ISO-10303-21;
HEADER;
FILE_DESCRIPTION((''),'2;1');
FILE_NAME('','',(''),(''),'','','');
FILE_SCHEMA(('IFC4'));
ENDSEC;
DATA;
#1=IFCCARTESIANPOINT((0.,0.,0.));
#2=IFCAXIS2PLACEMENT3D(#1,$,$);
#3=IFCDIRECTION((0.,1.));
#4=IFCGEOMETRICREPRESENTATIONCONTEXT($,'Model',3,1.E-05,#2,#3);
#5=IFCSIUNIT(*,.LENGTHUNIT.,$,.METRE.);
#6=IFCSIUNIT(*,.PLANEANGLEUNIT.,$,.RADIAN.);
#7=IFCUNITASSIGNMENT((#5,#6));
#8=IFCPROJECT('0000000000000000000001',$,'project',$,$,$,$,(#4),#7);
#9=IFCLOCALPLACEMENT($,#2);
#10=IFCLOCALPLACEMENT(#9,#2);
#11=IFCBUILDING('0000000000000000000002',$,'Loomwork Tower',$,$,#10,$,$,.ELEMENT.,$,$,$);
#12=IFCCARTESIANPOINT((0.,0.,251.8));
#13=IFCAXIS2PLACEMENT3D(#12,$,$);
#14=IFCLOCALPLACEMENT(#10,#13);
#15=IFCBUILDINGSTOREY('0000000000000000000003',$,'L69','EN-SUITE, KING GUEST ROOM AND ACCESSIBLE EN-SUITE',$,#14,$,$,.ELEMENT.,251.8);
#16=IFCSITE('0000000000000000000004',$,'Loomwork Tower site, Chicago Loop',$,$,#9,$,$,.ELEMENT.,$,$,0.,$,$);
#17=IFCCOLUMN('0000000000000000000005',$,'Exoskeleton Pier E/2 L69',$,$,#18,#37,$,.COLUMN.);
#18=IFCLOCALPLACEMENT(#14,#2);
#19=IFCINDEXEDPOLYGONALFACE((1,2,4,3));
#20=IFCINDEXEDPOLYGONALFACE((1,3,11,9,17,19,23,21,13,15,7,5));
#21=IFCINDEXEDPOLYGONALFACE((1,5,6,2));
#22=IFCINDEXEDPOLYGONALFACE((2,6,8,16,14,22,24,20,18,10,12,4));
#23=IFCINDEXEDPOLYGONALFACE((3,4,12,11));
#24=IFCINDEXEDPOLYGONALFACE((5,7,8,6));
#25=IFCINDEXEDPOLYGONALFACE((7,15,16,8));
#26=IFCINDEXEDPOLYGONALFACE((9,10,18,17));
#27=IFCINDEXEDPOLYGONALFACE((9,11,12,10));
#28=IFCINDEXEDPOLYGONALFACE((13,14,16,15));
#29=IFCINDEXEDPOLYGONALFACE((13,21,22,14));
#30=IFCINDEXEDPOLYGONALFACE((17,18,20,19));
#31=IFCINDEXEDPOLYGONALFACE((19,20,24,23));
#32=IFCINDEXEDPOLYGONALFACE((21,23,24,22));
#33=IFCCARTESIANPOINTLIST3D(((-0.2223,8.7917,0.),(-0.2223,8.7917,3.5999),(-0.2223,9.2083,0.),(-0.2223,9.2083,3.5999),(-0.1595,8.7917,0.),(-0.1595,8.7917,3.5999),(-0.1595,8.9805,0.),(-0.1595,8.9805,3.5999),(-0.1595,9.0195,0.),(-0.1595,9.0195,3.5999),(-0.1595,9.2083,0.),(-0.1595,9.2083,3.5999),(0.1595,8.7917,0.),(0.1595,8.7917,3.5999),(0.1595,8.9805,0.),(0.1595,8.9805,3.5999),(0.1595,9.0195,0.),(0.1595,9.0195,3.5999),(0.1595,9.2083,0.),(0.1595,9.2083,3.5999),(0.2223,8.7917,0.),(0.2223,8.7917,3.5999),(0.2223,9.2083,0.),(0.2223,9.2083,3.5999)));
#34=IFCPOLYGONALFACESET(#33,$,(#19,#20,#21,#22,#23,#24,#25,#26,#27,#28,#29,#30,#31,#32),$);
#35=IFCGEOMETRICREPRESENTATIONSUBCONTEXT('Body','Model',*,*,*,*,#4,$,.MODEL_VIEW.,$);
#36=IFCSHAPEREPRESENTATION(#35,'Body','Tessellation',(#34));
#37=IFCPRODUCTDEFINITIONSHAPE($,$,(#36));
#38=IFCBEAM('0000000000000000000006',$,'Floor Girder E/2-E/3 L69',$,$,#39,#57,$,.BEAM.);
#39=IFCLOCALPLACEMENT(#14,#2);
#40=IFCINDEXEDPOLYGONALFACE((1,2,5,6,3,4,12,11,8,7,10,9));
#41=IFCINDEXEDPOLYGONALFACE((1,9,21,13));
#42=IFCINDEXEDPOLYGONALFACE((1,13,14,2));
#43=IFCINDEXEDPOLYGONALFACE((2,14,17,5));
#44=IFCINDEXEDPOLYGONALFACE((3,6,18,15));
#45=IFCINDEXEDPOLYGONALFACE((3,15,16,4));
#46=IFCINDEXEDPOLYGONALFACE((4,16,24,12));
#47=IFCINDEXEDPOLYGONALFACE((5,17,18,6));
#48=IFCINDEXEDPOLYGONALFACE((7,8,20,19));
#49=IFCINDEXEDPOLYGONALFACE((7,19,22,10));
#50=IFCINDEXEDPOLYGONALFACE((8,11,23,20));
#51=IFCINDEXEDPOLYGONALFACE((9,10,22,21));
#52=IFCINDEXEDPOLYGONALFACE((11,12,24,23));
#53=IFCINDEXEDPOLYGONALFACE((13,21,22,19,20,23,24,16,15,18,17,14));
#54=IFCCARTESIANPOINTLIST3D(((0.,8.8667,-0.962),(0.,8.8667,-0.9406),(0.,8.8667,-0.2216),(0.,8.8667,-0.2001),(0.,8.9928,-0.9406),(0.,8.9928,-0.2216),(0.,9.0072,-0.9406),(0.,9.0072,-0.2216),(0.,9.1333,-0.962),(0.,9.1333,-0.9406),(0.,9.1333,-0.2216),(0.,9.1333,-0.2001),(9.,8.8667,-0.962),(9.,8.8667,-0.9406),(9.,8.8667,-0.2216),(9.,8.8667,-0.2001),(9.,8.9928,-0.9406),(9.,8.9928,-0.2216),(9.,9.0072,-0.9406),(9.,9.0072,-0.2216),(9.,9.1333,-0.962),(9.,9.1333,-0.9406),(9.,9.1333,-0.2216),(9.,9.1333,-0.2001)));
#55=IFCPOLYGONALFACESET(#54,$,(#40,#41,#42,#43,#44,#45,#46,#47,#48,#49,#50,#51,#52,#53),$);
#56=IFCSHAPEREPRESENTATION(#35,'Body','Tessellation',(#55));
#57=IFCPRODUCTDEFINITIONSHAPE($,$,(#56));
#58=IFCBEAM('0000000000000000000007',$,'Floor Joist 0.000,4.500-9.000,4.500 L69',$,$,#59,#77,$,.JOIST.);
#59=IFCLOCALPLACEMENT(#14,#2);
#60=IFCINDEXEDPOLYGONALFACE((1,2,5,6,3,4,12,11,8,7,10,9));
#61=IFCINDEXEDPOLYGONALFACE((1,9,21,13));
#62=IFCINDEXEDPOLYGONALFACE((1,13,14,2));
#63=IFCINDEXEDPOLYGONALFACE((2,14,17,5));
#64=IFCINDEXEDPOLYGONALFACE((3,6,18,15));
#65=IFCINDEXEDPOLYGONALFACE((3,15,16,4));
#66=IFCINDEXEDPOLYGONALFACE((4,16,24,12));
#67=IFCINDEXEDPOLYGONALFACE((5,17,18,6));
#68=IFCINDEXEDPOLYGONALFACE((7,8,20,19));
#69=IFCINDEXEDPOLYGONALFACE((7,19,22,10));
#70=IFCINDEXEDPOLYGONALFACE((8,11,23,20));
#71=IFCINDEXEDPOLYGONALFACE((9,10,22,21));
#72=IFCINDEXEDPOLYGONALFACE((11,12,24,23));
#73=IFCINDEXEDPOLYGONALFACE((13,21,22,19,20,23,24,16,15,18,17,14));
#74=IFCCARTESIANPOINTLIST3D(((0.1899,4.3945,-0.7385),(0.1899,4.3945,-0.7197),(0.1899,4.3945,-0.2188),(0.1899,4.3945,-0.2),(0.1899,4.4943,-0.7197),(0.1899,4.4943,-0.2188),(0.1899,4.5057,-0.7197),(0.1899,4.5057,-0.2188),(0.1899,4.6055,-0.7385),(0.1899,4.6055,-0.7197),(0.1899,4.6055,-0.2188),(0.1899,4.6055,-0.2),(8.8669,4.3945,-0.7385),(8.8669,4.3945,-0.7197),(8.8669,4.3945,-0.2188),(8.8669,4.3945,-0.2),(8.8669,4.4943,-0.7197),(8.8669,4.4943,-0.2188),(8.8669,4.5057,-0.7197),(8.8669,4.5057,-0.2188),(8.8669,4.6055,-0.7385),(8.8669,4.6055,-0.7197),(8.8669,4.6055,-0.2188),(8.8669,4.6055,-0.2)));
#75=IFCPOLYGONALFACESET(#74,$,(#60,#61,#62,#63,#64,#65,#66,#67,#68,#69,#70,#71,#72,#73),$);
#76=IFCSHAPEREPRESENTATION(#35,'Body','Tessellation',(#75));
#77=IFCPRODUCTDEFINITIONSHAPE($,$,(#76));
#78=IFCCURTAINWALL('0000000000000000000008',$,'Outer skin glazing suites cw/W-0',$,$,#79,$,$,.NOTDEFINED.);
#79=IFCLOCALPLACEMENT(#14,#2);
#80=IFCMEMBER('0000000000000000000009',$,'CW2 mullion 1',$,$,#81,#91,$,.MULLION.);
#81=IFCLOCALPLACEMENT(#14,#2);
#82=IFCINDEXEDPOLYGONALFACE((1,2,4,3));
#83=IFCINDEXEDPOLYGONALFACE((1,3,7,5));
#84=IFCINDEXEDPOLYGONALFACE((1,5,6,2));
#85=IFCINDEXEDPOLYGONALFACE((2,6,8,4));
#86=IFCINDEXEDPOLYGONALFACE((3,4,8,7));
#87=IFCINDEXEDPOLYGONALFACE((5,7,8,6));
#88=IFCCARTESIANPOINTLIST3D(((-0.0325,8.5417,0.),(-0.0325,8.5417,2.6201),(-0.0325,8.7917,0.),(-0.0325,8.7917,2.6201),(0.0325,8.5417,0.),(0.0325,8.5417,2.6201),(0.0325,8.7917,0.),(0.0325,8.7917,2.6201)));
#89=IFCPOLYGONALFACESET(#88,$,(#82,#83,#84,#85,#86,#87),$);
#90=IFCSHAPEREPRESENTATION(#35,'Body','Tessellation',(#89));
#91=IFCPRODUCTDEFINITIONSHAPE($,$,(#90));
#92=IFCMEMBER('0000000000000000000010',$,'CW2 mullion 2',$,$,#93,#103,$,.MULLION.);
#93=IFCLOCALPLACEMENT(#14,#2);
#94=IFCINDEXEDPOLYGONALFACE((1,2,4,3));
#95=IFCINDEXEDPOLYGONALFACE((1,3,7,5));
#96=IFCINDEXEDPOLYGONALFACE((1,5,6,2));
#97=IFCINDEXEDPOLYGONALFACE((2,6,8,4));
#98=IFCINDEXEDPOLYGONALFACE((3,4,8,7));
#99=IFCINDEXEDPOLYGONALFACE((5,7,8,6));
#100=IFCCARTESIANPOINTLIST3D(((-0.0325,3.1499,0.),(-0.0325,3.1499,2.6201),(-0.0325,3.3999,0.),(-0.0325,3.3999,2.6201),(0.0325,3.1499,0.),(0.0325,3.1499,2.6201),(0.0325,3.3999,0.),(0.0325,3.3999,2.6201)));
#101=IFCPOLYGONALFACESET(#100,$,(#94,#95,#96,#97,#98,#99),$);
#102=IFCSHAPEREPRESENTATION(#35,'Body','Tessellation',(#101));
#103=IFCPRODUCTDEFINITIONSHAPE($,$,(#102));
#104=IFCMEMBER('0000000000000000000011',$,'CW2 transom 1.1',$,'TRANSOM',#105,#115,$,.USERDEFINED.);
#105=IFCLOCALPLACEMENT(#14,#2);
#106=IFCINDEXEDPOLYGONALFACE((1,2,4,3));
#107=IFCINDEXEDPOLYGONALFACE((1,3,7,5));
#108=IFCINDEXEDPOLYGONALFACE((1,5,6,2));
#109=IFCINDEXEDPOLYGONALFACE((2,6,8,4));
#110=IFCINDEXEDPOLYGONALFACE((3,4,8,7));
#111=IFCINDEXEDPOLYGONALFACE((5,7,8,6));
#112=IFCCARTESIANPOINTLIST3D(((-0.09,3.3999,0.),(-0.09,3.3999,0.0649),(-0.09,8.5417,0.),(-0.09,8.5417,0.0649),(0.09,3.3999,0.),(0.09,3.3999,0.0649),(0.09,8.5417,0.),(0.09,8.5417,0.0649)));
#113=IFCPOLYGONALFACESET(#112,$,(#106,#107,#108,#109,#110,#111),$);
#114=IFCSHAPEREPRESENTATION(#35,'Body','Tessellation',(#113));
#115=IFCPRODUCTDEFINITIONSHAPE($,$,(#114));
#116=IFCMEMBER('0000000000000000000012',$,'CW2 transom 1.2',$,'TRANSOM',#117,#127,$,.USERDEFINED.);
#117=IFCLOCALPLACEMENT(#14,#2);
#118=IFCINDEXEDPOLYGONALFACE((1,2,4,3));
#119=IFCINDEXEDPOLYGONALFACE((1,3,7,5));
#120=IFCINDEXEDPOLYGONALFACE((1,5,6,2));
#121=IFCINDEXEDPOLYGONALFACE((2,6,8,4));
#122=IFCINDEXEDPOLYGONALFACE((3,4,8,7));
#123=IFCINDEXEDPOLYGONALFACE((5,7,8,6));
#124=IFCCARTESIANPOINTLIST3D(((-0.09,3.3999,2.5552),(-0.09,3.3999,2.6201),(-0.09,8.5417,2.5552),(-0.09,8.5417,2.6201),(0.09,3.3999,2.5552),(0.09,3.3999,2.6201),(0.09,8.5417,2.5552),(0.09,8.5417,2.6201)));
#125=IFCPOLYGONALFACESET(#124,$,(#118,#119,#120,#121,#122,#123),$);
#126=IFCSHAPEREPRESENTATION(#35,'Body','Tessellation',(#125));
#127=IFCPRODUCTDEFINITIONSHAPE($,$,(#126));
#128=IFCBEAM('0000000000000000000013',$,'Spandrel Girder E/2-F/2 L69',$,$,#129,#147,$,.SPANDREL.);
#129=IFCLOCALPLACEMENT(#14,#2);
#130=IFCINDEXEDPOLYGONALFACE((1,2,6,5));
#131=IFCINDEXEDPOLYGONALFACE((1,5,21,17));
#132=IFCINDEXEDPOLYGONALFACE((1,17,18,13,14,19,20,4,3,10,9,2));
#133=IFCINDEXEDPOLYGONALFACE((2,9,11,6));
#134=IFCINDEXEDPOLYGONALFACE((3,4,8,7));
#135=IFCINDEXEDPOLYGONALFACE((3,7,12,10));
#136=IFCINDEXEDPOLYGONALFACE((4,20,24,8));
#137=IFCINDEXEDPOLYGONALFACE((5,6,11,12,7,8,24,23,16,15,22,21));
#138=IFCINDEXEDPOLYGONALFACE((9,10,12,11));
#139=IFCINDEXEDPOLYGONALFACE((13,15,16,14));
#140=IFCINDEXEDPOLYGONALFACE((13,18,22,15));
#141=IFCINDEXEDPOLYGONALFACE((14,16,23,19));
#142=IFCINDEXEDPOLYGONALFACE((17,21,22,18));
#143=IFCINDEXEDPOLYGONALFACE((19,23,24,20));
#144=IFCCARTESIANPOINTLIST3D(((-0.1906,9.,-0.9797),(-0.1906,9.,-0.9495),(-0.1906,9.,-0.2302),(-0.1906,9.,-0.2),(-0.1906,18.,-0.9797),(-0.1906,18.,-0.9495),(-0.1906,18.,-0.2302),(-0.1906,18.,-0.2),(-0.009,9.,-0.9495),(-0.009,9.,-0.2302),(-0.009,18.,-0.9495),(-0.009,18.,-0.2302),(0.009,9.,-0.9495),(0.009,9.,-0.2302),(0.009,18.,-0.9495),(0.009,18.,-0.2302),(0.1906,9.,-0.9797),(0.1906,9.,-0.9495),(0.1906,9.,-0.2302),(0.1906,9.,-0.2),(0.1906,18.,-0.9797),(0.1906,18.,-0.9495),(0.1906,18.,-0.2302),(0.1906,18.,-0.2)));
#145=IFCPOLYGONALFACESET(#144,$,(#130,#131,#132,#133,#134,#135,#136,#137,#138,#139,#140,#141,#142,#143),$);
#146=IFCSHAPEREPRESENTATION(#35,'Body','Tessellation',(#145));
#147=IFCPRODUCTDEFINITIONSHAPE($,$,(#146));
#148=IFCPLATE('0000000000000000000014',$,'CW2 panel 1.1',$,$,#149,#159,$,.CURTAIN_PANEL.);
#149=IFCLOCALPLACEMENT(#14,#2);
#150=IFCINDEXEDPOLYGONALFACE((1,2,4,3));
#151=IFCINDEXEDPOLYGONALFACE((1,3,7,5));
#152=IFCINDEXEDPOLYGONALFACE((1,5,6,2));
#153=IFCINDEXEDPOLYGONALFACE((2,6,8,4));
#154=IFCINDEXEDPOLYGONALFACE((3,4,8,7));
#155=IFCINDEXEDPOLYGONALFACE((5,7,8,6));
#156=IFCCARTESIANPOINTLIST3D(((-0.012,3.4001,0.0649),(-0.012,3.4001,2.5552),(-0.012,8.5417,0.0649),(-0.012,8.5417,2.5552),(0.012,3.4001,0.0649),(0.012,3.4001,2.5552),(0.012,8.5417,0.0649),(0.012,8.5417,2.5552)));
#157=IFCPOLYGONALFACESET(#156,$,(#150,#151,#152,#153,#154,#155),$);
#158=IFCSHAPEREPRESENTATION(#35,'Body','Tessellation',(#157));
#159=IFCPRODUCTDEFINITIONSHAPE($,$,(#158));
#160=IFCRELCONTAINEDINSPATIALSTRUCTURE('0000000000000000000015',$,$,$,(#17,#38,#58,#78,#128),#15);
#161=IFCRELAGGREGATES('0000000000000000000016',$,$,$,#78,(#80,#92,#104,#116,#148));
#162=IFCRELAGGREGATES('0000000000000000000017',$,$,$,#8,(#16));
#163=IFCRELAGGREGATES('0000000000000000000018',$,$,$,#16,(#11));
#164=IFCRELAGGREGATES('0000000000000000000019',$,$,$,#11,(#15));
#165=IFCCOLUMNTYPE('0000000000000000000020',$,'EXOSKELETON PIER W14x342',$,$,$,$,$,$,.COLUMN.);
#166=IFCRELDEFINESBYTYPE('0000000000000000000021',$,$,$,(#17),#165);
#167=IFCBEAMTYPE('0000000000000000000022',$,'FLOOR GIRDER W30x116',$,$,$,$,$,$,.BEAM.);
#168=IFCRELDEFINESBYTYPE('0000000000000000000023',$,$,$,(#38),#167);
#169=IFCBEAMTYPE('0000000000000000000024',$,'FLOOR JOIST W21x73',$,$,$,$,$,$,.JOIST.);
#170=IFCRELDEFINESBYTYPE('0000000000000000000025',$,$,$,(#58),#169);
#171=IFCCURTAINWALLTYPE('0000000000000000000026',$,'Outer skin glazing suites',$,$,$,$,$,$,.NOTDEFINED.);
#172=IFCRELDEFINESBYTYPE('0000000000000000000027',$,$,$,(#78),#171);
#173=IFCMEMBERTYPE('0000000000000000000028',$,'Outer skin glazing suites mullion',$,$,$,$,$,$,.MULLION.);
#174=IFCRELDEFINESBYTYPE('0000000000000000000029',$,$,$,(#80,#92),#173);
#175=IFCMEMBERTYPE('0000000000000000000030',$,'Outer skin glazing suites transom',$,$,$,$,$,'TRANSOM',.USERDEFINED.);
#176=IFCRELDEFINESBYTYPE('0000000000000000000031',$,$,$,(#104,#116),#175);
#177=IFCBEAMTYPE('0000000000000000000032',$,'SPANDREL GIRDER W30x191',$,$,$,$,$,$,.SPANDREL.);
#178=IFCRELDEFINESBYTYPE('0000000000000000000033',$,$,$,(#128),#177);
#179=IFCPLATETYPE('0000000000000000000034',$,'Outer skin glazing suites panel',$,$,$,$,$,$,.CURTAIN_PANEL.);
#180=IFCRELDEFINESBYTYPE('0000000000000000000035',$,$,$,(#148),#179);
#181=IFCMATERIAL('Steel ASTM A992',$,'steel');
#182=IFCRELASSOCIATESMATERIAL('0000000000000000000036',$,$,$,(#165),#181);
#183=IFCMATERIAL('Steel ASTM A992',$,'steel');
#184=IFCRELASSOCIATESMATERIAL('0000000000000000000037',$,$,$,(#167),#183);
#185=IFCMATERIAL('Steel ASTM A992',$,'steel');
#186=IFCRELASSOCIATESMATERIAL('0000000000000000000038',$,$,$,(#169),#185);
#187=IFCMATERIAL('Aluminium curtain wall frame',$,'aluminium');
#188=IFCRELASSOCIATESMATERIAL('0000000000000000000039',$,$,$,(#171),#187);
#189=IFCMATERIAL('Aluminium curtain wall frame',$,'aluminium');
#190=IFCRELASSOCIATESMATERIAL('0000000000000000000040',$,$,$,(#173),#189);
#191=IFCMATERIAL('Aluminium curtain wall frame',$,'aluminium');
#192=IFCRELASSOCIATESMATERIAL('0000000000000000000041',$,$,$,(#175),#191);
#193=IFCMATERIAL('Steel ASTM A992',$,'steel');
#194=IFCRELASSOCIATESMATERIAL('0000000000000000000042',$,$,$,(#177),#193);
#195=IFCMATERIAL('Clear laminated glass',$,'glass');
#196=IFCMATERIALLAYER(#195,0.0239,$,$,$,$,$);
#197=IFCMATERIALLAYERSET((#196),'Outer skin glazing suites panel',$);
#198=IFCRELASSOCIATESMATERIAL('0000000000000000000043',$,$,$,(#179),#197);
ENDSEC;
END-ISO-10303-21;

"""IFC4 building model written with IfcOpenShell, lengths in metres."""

from ifc_helpers import new_model, si_unit, direction, frame, origin, origin_2d, place, context, subcontext, project, spatial, rectangle, i_section, extrude, material, layer, layer_set, material_profile, profile_set, type_object, element, aggregate, save


model = new_model("IFC4")

# Units and contexts
model_context = context("Model", 3, precision=1e-05, world=origin(), true_north=direction((0.0, 1.0)))
body_context = subcontext(model_context, "Body", "Model", "MODEL_VIEW")
ifc_project = project(units=[si_unit("LENGTHUNIT", "METRE"), si_unit("PLANEANGLEUNIT", "RADIAN")], contexts=[model_context])

# Site, building, storey
site_placement = place(None, origin())
site = spatial("IfcSite", under=ifc_project, at=site_placement, Name="Loomwork Tower site, Chicago Loop", CompositionType="ELEMENT", RefElevation=0.0)
building_placement = place(site_placement, origin())
building = spatial("IfcBuilding", under=site, at=building_placement, Name="Loomwork Tower", CompositionType="ELEMENT")
storey_placement = place(building_placement, frame((0.0, 0.0, 251.8)))
storey = spatial("IfcBuildingStorey", under=building, at=storey_placement, Name="L69", Description="EN-SUITE, KING GUEST ROOM AND ACCESSIBLE EN-SUITE", CompositionType="ELEMENT", Elevation=251.8)

# Column
ifc_material_1 = material(Name="Steel ASTM A992", Category="steel")
ifc_material_profile_1 = material_profile(ifc_material_1, i_section(OverallWidth=0.4165, OverallDepth=0.4446, WebThickness=0.0391, FlangeThickness=0.0627, at=origin_2d()), Name="W14x342")
ifc_profile_set_1 = profile_set([ifc_material_profile_1], Name="Steel ASTM A992")
column_type = type_object("IfcColumnType", Name="EXOSKELETON PIER W14x342", PredefinedType="COLUMN", material=ifc_profile_set_1)
column_placement = place(storey_placement, frame((0.0, 9.0, 0.0), z_axis=(0.0, 0.0, 1.0), x_axis=(0.0, 1.0, 0.0)))
element("IfcColumn", 1, at=column_placement, inside=storey, type_object=column_type, Name="Exoskeleton Pier E/2 L69", PredefinedType="COLUMN", context=body_context, shape_type="SweptSolid", body=[
    extrude(i_section(OverallWidth=0.4165, OverallDepth=0.4446, WebThickness=0.0391, FlangeThickness=0.0627, at=origin_2d()), origin(), (0.0, 0.0, 1.0), 3.5999),
])

# Beams
ifc_material_2 = material(Name="Steel ASTM A992", Category="steel")
ifc_material_profile_2 = material_profile(ifc_material_2, i_section(OverallWidth=0.2666, OverallDepth=0.762, WebThickness=0.0144, FlangeThickness=0.0215, at=origin_2d()), Name="W30x116")
ifc_profile_set_2 = profile_set([ifc_material_profile_2], Name="Steel ASTM A992")
beam_type_1 = type_object("IfcBeamType", Name="FLOOR GIRDER W30x116", PredefinedType="BEAM", material=ifc_profile_set_2)
beam_1_placement = place(storey_placement, frame((0.0, 9.0, -0.5811), z_axis=(1.0, 0.0, 0.0), x_axis=(0.0, 1.0, 0.0)))
element("IfcBeam", 2, at=beam_1_placement, inside=storey, type_object=beam_type_1, Name="Floor Girder E/2-E/3 L69", PredefinedType="BEAM", context=body_context, shape_type="SweptSolid", body=[
    extrude(i_section(OverallWidth=0.2666, OverallDepth=0.762, WebThickness=0.0144, FlangeThickness=0.0215, at=origin_2d()), origin(), (0.0, 0.0, 1.0), 9.0),
])
ifc_material_3 = material(Name="Steel ASTM A992", Category="steel")
ifc_material_profile_3 = material_profile(ifc_material_3, i_section(OverallWidth=0.2109, OverallDepth=0.5386, WebThickness=0.0115, FlangeThickness=0.0188, at=origin_2d()), Name="W21x73")
ifc_profile_set_3 = profile_set([ifc_material_profile_3], Name="Steel ASTM A992")
beam_type_2 = type_object("IfcBeamType", Name="FLOOR JOIST W21x73", PredefinedType="JOIST", material=ifc_profile_set_3)
beam_2_placement = place(storey_placement, frame((0.1899, 4.5, -0.4692), z_axis=(1.0, 0.0, 0.0), x_axis=(0.0, 1.0, 0.0)))
element("IfcBeam", 3, at=beam_2_placement, inside=storey, type_object=beam_type_2, Name="Floor Joist 0.000,4.500-9.000,4.500 L69", PredefinedType="JOIST", context=body_context, shape_type="SweptSolid", body=[
    extrude(i_section(OverallWidth=0.2109, OverallDepth=0.5386, WebThickness=0.0115, FlangeThickness=0.0188, at=origin_2d()), origin(), (0.0, 0.0, 1.0), 8.677),
])

# Curtain wall, members
ifc_material_4 = material(Name="Aluminium curtain wall frame", Category="aluminium")
curtain_wall_type = type_object("IfcCurtainWallType", Name="Outer skin glazing suites", PredefinedType="NOTDEFINED", material=ifc_material_4)
curtain_wall_placement = place(storey_placement, origin())
curtain_wall = element("IfcCurtainWall", 4, at=curtain_wall_placement, inside=storey, type_object=curtain_wall_type, Name="Outer skin glazing suites cw/W-0", PredefinedType="NOTDEFINED")
ifc_material_5 = material(Name="Aluminium curtain wall frame", Category="aluminium")
ifc_material_profile_4 = material_profile(ifc_material_5, rectangle(XDim=0.0649, YDim=0.25, at=origin_2d()), Name="AL 65x250")
ifc_profile_set_4 = profile_set([ifc_material_profile_4], Name="Aluminium curtain wall frame")
member_type_1 = type_object("IfcMemberType", Name="Outer skin glazing suites mullion", PredefinedType="MULLION", material=ifc_profile_set_4)
member_1_placement = place(storey_placement, frame((0.0, 8.6667, 0.0), z_axis=(0.0, 0.0, 1.0), x_axis=(1.0, 0.0, 0.0)))
member_1 = element("IfcMember", 5, at=member_1_placement, type_object=member_type_1, Name="CW2 mullion 1", PredefinedType="MULLION", context=body_context, shape_type="SweptSolid", body=[
    extrude(rectangle(XDim=0.0649, YDim=0.25, at=origin_2d()), origin(), (0.0, 0.0, 1.0), 2.6201),
])
member_2_placement = place(storey_placement, frame((0.0, 3.2749, 0.0), z_axis=(0.0, 0.0, 1.0), x_axis=(1.0, 0.0, 0.0)))
member_2 = element("IfcMember", 6, at=member_2_placement, type_object=member_type_1, Name="CW2 mullion 2", PredefinedType="MULLION", context=body_context, shape_type="SweptSolid", body=[
    extrude(rectangle(XDim=0.0649, YDim=0.25, at=origin_2d()), origin(), (0.0, 0.0, 1.0), 2.6201),
])
ifc_material_6 = material(Name="Aluminium curtain wall frame", Category="aluminium")
ifc_material_profile_5 = material_profile(ifc_material_6, rectangle(XDim=0.1799, YDim=0.0649, at=origin_2d()), Name="AL 65x180")
ifc_profile_set_5 = profile_set([ifc_material_profile_5], Name="Aluminium curtain wall frame")
member_type_2 = type_object("IfcMemberType", Name="Outer skin glazing suites transom", ElementType="TRANSOM", PredefinedType="USERDEFINED", material=ifc_profile_set_5)
member_3_placement = place(storey_placement, frame((0.0, 8.5417, 0.0325), z_axis=(0.0, -1.0, 0.0), x_axis=(1.0, 0.0, 0.0)))
member_3 = element("IfcMember", 7, at=member_3_placement, type_object=member_type_2, Name="CW2 transom 1.1", ObjectType="TRANSOM", PredefinedType="USERDEFINED", context=body_context, shape_type="SweptSolid", body=[
    extrude(rectangle(XDim=0.1799, YDim=0.0649, at=origin_2d()), origin(), (0.0, 0.0, 1.0), 5.1418),
])
member_4_placement = place(storey_placement, frame((0.0, 8.5417, 2.5876), z_axis=(0.0, -1.0, 0.0), x_axis=(1.0, 0.0, 0.0)))
member_4 = element("IfcMember", 8, at=member_4_placement, type_object=member_type_2, Name="CW2 transom 1.2", ObjectType="TRANSOM", PredefinedType="USERDEFINED", context=body_context, shape_type="SweptSolid", body=[
    extrude(rectangle(XDim=0.1799, YDim=0.0649, at=origin_2d()), origin(), (0.0, 0.0, 1.0), 5.1418),
])

# Beam
ifc_material_7 = material(Name="Steel ASTM A992", Category="steel")
ifc_material_profile_6 = material_profile(ifc_material_7, i_section(OverallWidth=0.3811, OverallDepth=0.7798, WebThickness=0.0181, FlangeThickness=0.0303, at=origin_2d()), Name="W30x191")
ifc_profile_set_6 = profile_set([ifc_material_profile_6], Name="Steel ASTM A992")
beam_type_3 = type_object("IfcBeamType", Name="SPANDREL GIRDER W30x191", PredefinedType="SPANDREL", material=ifc_profile_set_6)
beam_3_placement = place(storey_placement, frame((0.0, 9.0, -0.5898), z_axis=(0.0, 1.0, 0.0), x_axis=(-1.0, 0.0, 0.0)))
element("IfcBeam", 9, at=beam_3_placement, inside=storey, type_object=beam_type_3, Name="Spandrel Girder E/2-F/2 L69", PredefinedType="SPANDREL", context=body_context, shape_type="SweptSolid", body=[
    extrude(i_section(OverallWidth=0.3811, OverallDepth=0.7798, WebThickness=0.0181, FlangeThickness=0.0303, at=origin_2d()), origin(), (0.0, 0.0, 1.0), 9.0),
])

# Plate
ifc_material_8 = material(Name="Clear laminated glass", Category="glass")
ifc_layer_1 = layer(ifc_material_8, 0.0239)
ifc_layer_set_1 = layer_set([ifc_layer_1], Name="Outer skin glazing suites panel")
plate_type = type_object("IfcPlateType", Name="Outer skin glazing suites panel", PredefinedType="CURTAIN_PANEL", material=ifc_layer_set_1)
plate_placement = place(storey_placement, frame((0.0, 5.9709, 0.0649), z_axis=(0.0, 0.0, 1.0), x_axis=(0.0, -1.0, 0.0)))
plate = element("IfcPlate", 10, at=plate_placement, type_object=plate_type, Name="CW2 panel 1.1", PredefinedType="CURTAIN_PANEL", context=body_context, shape_type="SweptSolid", body=[
    extrude(rectangle(XDim=5.1416, YDim=0.0239, at=origin_2d()), origin(), (0.0, 0.0, 1.0), 2.4902),
])
aggregate(curtain_wall, [member_1, member_2, member_3, member_4, plate])

save(model, "model.ifc")
